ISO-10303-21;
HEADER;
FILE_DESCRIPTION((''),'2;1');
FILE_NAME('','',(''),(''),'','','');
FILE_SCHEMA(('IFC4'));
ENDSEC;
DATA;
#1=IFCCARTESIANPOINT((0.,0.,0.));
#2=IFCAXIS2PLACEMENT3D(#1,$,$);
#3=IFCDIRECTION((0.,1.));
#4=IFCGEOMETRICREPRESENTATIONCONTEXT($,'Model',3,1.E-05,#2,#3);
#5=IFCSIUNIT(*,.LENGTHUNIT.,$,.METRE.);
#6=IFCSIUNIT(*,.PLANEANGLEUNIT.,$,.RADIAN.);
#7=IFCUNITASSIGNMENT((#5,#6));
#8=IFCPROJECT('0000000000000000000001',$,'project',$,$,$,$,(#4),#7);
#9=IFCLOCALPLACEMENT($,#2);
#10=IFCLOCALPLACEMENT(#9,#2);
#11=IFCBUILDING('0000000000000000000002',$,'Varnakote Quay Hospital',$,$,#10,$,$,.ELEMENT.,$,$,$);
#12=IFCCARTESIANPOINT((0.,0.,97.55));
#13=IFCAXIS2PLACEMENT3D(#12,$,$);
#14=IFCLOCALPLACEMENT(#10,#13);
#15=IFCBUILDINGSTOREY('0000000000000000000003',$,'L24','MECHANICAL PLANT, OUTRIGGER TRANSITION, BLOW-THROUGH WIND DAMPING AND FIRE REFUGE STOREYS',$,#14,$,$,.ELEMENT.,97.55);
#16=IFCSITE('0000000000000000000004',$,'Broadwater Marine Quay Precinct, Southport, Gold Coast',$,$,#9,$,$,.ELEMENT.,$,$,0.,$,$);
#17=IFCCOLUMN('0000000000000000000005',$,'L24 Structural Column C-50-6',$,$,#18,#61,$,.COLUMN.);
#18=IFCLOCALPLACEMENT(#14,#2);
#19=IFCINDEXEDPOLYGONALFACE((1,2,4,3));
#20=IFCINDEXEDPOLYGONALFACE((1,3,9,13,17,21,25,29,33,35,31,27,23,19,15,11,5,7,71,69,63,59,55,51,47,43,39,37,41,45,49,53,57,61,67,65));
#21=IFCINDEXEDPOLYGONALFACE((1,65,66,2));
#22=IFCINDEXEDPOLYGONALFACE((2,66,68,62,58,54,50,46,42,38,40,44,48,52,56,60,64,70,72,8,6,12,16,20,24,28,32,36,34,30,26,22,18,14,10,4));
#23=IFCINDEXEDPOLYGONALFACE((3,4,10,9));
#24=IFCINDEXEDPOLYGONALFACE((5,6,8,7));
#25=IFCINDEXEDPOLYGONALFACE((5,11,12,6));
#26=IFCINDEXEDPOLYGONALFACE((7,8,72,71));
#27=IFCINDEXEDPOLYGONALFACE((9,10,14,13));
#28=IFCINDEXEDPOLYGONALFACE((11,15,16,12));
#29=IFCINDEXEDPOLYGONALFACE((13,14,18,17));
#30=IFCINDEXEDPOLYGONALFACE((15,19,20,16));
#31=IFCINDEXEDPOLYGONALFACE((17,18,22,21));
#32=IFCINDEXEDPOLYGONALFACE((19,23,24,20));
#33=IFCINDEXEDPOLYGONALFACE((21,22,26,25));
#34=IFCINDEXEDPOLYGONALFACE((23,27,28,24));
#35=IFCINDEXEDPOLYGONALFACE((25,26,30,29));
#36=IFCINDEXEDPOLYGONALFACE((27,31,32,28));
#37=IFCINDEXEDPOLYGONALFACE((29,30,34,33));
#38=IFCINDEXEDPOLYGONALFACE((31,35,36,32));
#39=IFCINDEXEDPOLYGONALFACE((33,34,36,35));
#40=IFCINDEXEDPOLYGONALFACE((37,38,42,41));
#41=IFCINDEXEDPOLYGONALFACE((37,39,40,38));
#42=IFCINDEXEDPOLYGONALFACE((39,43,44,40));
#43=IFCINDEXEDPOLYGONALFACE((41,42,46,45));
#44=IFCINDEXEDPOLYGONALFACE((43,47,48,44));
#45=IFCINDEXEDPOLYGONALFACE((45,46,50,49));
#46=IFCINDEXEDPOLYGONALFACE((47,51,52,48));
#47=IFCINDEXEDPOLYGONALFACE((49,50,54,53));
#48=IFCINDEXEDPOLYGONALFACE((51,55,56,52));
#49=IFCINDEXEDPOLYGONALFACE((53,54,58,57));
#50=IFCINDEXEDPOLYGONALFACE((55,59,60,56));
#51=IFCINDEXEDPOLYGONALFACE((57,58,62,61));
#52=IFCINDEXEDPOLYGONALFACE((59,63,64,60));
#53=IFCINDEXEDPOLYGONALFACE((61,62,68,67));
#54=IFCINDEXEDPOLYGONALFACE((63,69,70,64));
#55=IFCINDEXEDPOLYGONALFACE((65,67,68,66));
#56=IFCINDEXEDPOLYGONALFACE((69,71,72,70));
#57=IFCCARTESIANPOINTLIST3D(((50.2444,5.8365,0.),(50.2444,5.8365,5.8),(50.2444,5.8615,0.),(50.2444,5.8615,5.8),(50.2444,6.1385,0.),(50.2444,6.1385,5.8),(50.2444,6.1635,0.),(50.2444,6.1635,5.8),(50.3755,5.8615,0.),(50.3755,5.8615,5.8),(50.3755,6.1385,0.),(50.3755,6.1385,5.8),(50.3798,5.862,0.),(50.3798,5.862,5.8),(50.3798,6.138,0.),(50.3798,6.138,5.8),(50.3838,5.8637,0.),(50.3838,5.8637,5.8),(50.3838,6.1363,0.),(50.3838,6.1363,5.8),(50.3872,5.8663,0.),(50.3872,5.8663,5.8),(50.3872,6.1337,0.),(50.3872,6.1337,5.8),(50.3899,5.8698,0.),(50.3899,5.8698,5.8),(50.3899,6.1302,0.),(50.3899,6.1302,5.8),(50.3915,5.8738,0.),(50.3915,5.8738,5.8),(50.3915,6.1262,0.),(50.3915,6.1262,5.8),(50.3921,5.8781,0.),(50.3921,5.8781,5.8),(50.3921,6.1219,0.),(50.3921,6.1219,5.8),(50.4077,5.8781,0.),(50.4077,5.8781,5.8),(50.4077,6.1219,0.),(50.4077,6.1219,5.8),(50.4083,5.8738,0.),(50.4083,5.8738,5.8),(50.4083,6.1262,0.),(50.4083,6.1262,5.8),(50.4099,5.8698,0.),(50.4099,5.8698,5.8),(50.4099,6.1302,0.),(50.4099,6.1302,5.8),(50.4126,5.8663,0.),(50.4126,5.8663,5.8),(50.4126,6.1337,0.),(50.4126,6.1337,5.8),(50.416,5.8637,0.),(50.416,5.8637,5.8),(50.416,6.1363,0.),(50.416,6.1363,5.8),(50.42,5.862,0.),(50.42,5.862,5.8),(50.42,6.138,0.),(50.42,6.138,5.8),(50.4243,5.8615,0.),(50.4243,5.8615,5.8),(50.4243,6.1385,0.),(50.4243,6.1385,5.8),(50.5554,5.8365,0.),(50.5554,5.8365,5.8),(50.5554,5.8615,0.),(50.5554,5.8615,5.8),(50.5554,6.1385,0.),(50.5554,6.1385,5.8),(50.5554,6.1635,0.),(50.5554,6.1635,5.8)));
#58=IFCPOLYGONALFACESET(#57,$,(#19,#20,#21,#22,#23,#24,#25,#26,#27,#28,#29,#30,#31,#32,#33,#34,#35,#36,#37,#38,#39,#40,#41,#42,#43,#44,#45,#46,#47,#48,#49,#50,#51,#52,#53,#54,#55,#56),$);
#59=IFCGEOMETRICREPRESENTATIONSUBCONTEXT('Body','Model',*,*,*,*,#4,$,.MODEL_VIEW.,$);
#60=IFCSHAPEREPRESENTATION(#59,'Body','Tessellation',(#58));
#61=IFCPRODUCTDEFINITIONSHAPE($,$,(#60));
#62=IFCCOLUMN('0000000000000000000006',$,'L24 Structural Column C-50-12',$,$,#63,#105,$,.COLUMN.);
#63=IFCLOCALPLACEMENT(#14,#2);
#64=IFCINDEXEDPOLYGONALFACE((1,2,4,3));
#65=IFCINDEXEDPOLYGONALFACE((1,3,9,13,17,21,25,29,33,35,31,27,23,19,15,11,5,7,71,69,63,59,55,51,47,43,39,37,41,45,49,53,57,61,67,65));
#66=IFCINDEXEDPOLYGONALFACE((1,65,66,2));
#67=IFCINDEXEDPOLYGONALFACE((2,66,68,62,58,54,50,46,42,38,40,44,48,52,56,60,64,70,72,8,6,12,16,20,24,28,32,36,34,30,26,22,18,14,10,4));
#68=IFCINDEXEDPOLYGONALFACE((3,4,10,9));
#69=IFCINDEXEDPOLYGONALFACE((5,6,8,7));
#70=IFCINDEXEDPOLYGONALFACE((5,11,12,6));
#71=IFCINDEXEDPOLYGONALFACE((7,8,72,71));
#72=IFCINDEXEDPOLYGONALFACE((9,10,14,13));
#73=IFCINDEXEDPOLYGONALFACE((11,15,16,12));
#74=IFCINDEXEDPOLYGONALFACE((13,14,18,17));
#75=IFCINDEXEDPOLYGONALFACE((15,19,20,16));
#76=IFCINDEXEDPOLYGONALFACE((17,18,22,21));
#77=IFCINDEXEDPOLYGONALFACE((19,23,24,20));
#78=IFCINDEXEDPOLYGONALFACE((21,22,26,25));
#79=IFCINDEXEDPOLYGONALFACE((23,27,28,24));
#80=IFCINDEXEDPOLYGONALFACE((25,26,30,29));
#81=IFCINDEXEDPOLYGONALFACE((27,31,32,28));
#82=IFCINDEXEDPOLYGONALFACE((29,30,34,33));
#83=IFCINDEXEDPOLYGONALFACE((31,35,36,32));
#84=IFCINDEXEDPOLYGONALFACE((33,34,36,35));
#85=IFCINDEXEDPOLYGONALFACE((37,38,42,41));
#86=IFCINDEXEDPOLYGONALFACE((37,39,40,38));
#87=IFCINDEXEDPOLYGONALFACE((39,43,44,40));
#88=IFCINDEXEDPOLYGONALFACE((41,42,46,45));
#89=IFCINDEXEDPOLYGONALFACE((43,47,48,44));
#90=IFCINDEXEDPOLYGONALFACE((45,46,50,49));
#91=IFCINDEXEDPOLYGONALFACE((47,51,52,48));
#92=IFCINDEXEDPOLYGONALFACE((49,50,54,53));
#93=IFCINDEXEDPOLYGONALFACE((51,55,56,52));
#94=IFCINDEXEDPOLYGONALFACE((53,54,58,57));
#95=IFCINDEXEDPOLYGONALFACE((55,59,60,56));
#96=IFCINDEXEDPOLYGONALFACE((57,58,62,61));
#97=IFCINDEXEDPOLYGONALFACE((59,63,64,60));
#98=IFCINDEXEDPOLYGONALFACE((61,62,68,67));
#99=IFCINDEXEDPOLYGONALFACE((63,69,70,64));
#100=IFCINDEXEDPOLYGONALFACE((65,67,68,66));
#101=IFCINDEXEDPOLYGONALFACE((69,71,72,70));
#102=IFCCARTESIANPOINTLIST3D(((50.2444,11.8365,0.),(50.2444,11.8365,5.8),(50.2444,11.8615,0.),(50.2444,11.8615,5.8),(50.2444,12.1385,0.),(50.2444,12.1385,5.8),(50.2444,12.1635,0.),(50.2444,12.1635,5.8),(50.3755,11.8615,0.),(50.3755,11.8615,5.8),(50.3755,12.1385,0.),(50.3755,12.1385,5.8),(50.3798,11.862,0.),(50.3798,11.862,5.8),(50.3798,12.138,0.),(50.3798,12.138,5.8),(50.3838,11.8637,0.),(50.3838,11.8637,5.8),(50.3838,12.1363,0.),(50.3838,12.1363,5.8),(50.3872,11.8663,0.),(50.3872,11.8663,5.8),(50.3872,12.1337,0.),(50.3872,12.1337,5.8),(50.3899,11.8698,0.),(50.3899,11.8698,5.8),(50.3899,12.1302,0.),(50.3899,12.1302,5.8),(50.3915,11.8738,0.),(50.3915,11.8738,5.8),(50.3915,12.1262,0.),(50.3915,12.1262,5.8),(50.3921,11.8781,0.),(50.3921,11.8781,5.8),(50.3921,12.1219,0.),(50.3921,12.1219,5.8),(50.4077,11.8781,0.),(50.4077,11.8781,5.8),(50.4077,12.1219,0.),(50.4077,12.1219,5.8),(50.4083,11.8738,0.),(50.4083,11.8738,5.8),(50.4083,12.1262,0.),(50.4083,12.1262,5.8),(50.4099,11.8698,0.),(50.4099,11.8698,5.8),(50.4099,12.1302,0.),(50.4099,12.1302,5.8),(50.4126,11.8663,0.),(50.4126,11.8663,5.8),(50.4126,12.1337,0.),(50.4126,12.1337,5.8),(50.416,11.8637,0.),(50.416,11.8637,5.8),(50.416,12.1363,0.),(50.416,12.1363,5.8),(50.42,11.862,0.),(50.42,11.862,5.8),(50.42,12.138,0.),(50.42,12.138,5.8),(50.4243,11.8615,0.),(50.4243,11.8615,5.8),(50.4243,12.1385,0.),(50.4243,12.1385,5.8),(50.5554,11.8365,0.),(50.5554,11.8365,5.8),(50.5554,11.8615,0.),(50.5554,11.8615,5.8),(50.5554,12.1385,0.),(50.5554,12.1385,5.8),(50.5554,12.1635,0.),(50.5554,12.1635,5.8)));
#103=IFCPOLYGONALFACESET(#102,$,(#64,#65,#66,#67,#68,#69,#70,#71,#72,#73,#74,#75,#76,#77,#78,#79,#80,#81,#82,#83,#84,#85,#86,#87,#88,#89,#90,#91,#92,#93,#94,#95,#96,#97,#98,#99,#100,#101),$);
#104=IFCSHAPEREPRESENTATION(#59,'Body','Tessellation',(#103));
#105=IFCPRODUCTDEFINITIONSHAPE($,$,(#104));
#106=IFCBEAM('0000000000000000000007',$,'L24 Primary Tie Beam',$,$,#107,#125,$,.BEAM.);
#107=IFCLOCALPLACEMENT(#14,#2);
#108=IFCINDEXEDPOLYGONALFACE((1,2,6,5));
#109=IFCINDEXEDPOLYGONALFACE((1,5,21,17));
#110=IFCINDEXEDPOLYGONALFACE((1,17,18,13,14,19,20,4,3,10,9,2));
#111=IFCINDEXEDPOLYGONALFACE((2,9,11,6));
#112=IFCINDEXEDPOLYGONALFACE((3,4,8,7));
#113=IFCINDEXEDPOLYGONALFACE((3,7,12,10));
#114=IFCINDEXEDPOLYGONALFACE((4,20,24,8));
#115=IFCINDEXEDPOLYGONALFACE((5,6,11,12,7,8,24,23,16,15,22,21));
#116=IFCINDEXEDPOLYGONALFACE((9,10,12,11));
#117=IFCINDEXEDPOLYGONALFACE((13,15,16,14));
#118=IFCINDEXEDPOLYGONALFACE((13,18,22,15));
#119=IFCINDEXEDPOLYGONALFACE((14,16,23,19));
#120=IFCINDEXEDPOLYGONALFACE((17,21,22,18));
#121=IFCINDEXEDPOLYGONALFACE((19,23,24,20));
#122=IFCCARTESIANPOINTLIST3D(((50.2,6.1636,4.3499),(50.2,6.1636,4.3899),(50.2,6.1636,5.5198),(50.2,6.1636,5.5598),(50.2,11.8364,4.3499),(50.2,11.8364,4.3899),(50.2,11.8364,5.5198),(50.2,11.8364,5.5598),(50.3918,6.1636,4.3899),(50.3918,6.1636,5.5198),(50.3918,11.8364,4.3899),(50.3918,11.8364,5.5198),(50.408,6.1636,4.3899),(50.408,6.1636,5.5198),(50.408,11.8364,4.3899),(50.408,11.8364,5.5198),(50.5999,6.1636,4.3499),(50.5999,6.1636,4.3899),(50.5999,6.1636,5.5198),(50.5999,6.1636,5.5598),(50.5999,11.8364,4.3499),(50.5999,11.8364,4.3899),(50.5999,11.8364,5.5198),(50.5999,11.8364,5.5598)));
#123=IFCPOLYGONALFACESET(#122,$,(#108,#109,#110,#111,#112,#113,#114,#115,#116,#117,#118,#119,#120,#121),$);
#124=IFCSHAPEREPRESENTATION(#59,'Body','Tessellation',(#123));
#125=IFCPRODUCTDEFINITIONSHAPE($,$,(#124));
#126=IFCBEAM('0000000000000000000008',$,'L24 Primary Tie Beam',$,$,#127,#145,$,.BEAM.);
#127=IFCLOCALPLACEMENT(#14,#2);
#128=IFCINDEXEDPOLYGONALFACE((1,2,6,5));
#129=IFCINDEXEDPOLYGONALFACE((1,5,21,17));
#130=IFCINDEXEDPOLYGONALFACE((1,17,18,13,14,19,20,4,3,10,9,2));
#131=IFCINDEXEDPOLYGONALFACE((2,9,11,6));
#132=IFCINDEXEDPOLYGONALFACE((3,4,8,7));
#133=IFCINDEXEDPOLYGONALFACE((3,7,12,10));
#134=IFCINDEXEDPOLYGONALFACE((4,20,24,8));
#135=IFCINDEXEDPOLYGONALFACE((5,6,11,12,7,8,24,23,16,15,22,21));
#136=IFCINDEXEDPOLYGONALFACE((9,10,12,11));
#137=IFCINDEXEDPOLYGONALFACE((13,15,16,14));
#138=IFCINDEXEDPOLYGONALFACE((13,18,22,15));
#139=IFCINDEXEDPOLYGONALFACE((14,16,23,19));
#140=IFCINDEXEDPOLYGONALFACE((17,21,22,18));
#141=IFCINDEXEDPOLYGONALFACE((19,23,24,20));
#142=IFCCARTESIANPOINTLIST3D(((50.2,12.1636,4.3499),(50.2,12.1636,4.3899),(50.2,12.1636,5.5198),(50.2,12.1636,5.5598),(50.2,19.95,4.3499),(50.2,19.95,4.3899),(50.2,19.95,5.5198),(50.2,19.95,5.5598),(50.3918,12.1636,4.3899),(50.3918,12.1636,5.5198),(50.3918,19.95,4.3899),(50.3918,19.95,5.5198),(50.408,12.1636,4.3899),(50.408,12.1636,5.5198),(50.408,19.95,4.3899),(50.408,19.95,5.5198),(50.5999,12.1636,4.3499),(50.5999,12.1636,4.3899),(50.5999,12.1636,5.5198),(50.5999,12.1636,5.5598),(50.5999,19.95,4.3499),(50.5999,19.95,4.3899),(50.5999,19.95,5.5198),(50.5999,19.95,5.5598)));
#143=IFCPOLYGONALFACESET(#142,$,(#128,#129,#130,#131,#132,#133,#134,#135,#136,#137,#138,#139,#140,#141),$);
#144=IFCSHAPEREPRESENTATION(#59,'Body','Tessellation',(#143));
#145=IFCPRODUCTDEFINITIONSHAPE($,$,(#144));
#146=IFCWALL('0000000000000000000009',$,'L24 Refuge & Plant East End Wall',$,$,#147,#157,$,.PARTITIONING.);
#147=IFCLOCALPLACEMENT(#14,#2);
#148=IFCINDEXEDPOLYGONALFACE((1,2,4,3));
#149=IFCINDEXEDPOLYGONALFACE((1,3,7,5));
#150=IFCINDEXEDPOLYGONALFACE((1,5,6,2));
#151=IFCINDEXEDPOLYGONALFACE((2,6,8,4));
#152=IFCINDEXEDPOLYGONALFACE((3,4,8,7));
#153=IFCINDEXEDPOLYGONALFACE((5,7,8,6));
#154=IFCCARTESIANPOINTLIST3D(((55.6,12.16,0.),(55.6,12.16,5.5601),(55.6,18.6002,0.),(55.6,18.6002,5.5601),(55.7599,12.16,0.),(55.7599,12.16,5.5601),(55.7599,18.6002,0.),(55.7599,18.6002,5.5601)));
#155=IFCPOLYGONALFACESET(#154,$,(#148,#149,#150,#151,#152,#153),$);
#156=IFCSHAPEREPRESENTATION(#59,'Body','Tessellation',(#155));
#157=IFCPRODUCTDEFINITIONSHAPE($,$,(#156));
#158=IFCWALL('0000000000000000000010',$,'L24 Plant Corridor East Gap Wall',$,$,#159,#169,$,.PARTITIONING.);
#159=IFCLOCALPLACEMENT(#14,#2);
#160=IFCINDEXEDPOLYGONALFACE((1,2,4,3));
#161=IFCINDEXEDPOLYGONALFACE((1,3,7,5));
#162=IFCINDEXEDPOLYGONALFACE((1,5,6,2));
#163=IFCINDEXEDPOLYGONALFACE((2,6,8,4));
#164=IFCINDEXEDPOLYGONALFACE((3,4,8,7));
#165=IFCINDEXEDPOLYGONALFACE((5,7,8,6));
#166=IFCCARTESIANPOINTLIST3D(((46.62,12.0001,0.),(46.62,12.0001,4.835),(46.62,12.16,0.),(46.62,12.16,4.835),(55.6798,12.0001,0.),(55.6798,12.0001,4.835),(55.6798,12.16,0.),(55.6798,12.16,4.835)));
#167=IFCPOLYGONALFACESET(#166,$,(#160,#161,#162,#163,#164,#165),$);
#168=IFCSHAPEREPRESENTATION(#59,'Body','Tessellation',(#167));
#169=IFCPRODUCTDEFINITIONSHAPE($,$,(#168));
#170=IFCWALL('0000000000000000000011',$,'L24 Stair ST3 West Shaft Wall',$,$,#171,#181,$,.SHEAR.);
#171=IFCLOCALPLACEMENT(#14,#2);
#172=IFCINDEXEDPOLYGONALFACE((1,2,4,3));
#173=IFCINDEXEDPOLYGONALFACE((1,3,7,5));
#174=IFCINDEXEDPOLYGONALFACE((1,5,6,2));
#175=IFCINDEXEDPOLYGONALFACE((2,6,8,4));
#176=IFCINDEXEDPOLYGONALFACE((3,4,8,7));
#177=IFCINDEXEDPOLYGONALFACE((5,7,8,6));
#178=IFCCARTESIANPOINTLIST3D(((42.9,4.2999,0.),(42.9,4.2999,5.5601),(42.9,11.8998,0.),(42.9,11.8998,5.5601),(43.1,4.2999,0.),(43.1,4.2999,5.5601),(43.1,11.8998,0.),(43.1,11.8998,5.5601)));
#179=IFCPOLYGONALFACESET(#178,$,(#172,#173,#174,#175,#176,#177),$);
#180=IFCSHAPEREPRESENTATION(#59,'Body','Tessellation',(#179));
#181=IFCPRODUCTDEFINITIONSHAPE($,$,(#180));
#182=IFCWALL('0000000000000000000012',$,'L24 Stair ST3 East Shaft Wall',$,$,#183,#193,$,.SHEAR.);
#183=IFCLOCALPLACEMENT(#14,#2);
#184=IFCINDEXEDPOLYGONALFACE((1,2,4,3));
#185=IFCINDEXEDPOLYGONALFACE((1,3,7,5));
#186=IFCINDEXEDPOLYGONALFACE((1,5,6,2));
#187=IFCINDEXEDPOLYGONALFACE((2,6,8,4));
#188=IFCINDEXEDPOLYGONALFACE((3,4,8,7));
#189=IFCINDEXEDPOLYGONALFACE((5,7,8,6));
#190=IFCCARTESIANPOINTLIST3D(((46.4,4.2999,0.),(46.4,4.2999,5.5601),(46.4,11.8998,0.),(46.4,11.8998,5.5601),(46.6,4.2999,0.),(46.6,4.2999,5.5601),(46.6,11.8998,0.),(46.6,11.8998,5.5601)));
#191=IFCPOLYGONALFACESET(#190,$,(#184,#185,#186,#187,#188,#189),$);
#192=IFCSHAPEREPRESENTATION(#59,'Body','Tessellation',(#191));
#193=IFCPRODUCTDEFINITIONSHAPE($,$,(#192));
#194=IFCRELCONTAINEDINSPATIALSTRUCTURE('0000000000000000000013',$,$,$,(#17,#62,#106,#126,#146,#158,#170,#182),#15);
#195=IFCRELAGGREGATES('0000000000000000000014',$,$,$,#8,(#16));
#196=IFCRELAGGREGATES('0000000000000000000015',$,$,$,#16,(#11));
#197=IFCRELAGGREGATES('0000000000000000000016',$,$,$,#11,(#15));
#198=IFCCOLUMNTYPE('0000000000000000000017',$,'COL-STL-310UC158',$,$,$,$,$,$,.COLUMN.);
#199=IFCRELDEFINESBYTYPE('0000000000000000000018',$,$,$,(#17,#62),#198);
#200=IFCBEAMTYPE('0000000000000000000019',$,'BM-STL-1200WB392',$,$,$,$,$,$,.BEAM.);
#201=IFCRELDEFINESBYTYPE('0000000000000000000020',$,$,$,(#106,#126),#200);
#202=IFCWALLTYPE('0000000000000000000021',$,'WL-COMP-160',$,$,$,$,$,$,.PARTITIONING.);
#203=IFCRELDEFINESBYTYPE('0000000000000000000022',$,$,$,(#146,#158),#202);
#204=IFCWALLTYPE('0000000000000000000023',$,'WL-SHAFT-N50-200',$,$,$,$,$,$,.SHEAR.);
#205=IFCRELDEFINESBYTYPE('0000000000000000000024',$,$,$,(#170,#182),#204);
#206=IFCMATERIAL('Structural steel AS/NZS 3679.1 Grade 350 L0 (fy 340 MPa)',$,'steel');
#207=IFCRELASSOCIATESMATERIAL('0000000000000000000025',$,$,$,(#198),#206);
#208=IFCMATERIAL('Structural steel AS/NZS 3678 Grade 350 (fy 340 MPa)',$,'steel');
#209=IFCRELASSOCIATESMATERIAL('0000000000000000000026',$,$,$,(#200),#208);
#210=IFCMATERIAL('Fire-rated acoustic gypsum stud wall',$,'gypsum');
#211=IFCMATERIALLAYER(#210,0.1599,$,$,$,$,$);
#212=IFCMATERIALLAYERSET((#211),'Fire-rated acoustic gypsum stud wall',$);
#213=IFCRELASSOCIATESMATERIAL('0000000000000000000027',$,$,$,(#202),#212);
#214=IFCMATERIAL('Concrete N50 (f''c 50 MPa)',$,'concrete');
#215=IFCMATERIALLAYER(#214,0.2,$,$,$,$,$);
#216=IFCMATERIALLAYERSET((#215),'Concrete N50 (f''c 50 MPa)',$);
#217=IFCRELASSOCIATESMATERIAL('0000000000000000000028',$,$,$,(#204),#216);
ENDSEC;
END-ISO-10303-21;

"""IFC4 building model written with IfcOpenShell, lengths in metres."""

from ifc_helpers import new_model, si_unit, direction, frame, frame_2d, origin, origin_2d, place, context, subcontext, project, spatial, rectangle, i_section, extrude, material, layer, layer_set, material_profile, profile_set, type_object, element, save


model = new_model("IFC4")

# Units and contexts
model_context = context("Model", 3, precision=1e-05, world=origin(), true_north=direction((0.0, 1.0)))
body_context = subcontext(model_context, "Body", "Model", "MODEL_VIEW")
ifc_project = project(units=[si_unit("LENGTHUNIT", "METRE"), si_unit("PLANEANGLEUNIT", "RADIAN")], contexts=[model_context])

# Site, building, storey
site_placement = place(None, origin())
site = spatial("IfcSite", under=ifc_project, at=site_placement, Name="Broadwater Marine Quay Precinct, Southport, Gold Coast", CompositionType="ELEMENT", RefElevation=0.0)
building_placement = place(site_placement, origin())
building = spatial("IfcBuilding", under=site, at=building_placement, Name="Varnakote Quay Hospital", CompositionType="ELEMENT")
storey_placement = place(building_placement, frame((0.0, 0.0, 97.55)))
storey = spatial("IfcBuildingStorey", under=building, at=storey_placement, Name="L24", Description="MECHANICAL PLANT, OUTRIGGER TRANSITION, BLOW-THROUGH WIND DAMPING AND FIRE REFUGE STOREYS", CompositionType="ELEMENT", Elevation=97.55)

# Columns
ifc_material_1 = material(Name="Structural steel AS/NZS 3679.1 Grade 350 L0 (fy 340 MPa)", Category="steel")
ifc_material_profile_1 = material_profile(ifc_material_1, i_section(OverallWidth=0.311, OverallDepth=0.3269, WebThickness=0.0156, FlangeThickness=0.0249, FilletRadius=0.0166, at=origin_2d()), Name="310UC158")
ifc_profile_set_1 = profile_set([ifc_material_profile_1], Name="Structural steel AS/NZS 3679.1 Grade 350 L0 (fy 340 MPa)")
column_type = type_object("IfcColumnType", Name="COL-STL-310UC158", PredefinedType="COLUMN", material=ifc_profile_set_1)
for number, where, z_axis, x_axis, name in (
    (1, (50.3999, 6.0, 0.0), (0.0, 0.0, 1.0), (1.0, 0.0, 0.0), "L24 Structural Column C-50-6"),
    (2, (50.3999, 12.0, 0.0), (0.0, 0.0, 1.0), (1.0, 0.0, 0.0), "L24 Structural Column C-50-12"),
):
    element("IfcColumn", number, at=place(storey_placement, frame(where, z_axis=z_axis, x_axis=x_axis)), inside=storey, type_object=column_type, Name=name, PredefinedType="COLUMN", context=body_context, shape_type="SweptSolid", body=[
        extrude(i_section(OverallWidth=0.311, OverallDepth=0.3269, WebThickness=0.0156, FlangeThickness=0.0249, FilletRadius=0.0166, at=origin_2d()), origin(), (0.0, 0.0, 1.0), 5.8),
    ])

# Beams
ifc_material_2 = material(Name="Structural steel AS/NZS 3678 Grade 350 (fy 340 MPa)", Category="steel")
ifc_material_profile_2 = material_profile(ifc_material_2, i_section(OverallWidth=0.3999, OverallDepth=1.21, WebThickness=0.0161, FlangeThickness=0.04, at=origin_2d()), Name="1200WB392")
ifc_profile_set_2 = profile_set([ifc_material_profile_2], Name="Structural steel AS/NZS 3678 Grade 350 (fy 340 MPa)")
beam_type = type_object("IfcBeamType", Name="BM-STL-1200WB392", PredefinedType="BEAM", material=ifc_profile_set_2)
beam_1_placement = place(storey_placement, frame((50.3999, 6.1636, 4.9548), z_axis=(0.0, 1.0, 0.0), x_axis=(-1.0, 0.0, 0.0)))
element("IfcBeam", 3, at=beam_1_placement, inside=storey, type_object=beam_type, Name="L24 Primary Tie Beam", PredefinedType="BEAM", context=body_context, shape_type="SweptSolid", body=[
    extrude(i_section(OverallWidth=0.3999, OverallDepth=1.21, WebThickness=0.0161, FlangeThickness=0.04, at=origin_2d()), origin(), (0.0, 0.0, 1.0), 5.6729),
])
beam_2_placement = place(storey_placement, frame((50.3999, 12.1636, 4.9548), z_axis=(0.0, 1.0, 0.0), x_axis=(-1.0, 0.0, 0.0)))
element("IfcBeam", 4, at=beam_2_placement, inside=storey, type_object=beam_type, Name="L24 Primary Tie Beam", PredefinedType="BEAM", context=body_context, shape_type="SweptSolid", body=[
    extrude(i_section(OverallWidth=0.3999, OverallDepth=1.21, WebThickness=0.0161, FlangeThickness=0.04, at=origin_2d()), origin(), (0.0, 0.0, 1.0), 7.7864),
])

# Walls
ifc_material_3 = material(Name="Fire-rated acoustic gypsum stud wall", Category="gypsum")
ifc_layer_1 = layer(ifc_material_3, 0.1599)
ifc_layer_set_1 = layer_set([ifc_layer_1], Name="Fire-rated acoustic gypsum stud wall")
wall_type_1 = type_object("IfcWallType", Name="WL-COMP-160", PredefinedType="PARTITIONING", material=ifc_layer_set_1)
wall_1_placement = place(storey_placement, frame((55.6799, 12.1599, 0.0), z_axis=(0.0, 0.0, 1.0), x_axis=(0.0, 1.0, 0.0)))
element("IfcWall", 5, at=wall_1_placement, inside=storey, type_object=wall_type_1, Name="L24 Refuge & Plant East End Wall", PredefinedType="PARTITIONING", context=body_context, shape_type="SweptSolid", body=[
    extrude(rectangle(XDim=6.4402, YDim=0.1599, at=frame_2d((3.2202, 0.0))), origin(), (0.0, 0.0, 1.0), 5.5601),
])
wall_2_placement = place(storey_placement, frame((46.6201, 12.0801, 0.0), z_axis=(0.0, 0.0, 1.0), x_axis=(1.0, 0.0, 0.0)))
element("IfcWall", 6, at=wall_2_placement, inside=storey, type_object=wall_type_1, Name="L24 Plant Corridor East Gap Wall", PredefinedType="PARTITIONING", context=body_context, shape_type="SweptSolid", body=[
    extrude(rectangle(XDim=9.0598, YDim=0.1599, at=frame_2d((4.5298, 0.0))), origin(), (0.0, 0.0, 1.0), 4.835),
])
ifc_material_4 = material(Name="Concrete N50 (f'c 50 MPa)", Category="concrete")
ifc_layer_2 = layer(ifc_material_4, 0.2)
ifc_layer_set_2 = layer_set([ifc_layer_2], Name="Concrete N50 (f'c 50 MPa)")
wall_type_2 = type_object("IfcWallType", Name="WL-SHAFT-N50-200", PredefinedType="SHEAR", material=ifc_layer_set_2)
for number, where, z_axis, x_axis, name in (
    (7, (43.0, 4.3, 0.0), (0.0, 0.0, 1.0), (0.0, 1.0, 0.0), "L24 Stair ST3 West Shaft Wall"),
    (8, (46.5, 4.3, 0.0), (0.0, 0.0, 1.0), (0.0, 1.0, 0.0), "L24 Stair ST3 East Shaft Wall"),
):
    element("IfcWall", number, at=place(storey_placement, frame(where, z_axis=z_axis, x_axis=x_axis)), inside=storey, type_object=wall_type_2, Name=name, PredefinedType="SHEAR", context=body_context, shape_type="SweptSolid", body=[
        extrude(rectangle(XDim=7.5999, YDim=0.2, at=frame_2d((3.7998, 0.0))), origin(), (0.0, 0.0, 1.0), 5.5601),
    ])

save(model, "model.ifc")
